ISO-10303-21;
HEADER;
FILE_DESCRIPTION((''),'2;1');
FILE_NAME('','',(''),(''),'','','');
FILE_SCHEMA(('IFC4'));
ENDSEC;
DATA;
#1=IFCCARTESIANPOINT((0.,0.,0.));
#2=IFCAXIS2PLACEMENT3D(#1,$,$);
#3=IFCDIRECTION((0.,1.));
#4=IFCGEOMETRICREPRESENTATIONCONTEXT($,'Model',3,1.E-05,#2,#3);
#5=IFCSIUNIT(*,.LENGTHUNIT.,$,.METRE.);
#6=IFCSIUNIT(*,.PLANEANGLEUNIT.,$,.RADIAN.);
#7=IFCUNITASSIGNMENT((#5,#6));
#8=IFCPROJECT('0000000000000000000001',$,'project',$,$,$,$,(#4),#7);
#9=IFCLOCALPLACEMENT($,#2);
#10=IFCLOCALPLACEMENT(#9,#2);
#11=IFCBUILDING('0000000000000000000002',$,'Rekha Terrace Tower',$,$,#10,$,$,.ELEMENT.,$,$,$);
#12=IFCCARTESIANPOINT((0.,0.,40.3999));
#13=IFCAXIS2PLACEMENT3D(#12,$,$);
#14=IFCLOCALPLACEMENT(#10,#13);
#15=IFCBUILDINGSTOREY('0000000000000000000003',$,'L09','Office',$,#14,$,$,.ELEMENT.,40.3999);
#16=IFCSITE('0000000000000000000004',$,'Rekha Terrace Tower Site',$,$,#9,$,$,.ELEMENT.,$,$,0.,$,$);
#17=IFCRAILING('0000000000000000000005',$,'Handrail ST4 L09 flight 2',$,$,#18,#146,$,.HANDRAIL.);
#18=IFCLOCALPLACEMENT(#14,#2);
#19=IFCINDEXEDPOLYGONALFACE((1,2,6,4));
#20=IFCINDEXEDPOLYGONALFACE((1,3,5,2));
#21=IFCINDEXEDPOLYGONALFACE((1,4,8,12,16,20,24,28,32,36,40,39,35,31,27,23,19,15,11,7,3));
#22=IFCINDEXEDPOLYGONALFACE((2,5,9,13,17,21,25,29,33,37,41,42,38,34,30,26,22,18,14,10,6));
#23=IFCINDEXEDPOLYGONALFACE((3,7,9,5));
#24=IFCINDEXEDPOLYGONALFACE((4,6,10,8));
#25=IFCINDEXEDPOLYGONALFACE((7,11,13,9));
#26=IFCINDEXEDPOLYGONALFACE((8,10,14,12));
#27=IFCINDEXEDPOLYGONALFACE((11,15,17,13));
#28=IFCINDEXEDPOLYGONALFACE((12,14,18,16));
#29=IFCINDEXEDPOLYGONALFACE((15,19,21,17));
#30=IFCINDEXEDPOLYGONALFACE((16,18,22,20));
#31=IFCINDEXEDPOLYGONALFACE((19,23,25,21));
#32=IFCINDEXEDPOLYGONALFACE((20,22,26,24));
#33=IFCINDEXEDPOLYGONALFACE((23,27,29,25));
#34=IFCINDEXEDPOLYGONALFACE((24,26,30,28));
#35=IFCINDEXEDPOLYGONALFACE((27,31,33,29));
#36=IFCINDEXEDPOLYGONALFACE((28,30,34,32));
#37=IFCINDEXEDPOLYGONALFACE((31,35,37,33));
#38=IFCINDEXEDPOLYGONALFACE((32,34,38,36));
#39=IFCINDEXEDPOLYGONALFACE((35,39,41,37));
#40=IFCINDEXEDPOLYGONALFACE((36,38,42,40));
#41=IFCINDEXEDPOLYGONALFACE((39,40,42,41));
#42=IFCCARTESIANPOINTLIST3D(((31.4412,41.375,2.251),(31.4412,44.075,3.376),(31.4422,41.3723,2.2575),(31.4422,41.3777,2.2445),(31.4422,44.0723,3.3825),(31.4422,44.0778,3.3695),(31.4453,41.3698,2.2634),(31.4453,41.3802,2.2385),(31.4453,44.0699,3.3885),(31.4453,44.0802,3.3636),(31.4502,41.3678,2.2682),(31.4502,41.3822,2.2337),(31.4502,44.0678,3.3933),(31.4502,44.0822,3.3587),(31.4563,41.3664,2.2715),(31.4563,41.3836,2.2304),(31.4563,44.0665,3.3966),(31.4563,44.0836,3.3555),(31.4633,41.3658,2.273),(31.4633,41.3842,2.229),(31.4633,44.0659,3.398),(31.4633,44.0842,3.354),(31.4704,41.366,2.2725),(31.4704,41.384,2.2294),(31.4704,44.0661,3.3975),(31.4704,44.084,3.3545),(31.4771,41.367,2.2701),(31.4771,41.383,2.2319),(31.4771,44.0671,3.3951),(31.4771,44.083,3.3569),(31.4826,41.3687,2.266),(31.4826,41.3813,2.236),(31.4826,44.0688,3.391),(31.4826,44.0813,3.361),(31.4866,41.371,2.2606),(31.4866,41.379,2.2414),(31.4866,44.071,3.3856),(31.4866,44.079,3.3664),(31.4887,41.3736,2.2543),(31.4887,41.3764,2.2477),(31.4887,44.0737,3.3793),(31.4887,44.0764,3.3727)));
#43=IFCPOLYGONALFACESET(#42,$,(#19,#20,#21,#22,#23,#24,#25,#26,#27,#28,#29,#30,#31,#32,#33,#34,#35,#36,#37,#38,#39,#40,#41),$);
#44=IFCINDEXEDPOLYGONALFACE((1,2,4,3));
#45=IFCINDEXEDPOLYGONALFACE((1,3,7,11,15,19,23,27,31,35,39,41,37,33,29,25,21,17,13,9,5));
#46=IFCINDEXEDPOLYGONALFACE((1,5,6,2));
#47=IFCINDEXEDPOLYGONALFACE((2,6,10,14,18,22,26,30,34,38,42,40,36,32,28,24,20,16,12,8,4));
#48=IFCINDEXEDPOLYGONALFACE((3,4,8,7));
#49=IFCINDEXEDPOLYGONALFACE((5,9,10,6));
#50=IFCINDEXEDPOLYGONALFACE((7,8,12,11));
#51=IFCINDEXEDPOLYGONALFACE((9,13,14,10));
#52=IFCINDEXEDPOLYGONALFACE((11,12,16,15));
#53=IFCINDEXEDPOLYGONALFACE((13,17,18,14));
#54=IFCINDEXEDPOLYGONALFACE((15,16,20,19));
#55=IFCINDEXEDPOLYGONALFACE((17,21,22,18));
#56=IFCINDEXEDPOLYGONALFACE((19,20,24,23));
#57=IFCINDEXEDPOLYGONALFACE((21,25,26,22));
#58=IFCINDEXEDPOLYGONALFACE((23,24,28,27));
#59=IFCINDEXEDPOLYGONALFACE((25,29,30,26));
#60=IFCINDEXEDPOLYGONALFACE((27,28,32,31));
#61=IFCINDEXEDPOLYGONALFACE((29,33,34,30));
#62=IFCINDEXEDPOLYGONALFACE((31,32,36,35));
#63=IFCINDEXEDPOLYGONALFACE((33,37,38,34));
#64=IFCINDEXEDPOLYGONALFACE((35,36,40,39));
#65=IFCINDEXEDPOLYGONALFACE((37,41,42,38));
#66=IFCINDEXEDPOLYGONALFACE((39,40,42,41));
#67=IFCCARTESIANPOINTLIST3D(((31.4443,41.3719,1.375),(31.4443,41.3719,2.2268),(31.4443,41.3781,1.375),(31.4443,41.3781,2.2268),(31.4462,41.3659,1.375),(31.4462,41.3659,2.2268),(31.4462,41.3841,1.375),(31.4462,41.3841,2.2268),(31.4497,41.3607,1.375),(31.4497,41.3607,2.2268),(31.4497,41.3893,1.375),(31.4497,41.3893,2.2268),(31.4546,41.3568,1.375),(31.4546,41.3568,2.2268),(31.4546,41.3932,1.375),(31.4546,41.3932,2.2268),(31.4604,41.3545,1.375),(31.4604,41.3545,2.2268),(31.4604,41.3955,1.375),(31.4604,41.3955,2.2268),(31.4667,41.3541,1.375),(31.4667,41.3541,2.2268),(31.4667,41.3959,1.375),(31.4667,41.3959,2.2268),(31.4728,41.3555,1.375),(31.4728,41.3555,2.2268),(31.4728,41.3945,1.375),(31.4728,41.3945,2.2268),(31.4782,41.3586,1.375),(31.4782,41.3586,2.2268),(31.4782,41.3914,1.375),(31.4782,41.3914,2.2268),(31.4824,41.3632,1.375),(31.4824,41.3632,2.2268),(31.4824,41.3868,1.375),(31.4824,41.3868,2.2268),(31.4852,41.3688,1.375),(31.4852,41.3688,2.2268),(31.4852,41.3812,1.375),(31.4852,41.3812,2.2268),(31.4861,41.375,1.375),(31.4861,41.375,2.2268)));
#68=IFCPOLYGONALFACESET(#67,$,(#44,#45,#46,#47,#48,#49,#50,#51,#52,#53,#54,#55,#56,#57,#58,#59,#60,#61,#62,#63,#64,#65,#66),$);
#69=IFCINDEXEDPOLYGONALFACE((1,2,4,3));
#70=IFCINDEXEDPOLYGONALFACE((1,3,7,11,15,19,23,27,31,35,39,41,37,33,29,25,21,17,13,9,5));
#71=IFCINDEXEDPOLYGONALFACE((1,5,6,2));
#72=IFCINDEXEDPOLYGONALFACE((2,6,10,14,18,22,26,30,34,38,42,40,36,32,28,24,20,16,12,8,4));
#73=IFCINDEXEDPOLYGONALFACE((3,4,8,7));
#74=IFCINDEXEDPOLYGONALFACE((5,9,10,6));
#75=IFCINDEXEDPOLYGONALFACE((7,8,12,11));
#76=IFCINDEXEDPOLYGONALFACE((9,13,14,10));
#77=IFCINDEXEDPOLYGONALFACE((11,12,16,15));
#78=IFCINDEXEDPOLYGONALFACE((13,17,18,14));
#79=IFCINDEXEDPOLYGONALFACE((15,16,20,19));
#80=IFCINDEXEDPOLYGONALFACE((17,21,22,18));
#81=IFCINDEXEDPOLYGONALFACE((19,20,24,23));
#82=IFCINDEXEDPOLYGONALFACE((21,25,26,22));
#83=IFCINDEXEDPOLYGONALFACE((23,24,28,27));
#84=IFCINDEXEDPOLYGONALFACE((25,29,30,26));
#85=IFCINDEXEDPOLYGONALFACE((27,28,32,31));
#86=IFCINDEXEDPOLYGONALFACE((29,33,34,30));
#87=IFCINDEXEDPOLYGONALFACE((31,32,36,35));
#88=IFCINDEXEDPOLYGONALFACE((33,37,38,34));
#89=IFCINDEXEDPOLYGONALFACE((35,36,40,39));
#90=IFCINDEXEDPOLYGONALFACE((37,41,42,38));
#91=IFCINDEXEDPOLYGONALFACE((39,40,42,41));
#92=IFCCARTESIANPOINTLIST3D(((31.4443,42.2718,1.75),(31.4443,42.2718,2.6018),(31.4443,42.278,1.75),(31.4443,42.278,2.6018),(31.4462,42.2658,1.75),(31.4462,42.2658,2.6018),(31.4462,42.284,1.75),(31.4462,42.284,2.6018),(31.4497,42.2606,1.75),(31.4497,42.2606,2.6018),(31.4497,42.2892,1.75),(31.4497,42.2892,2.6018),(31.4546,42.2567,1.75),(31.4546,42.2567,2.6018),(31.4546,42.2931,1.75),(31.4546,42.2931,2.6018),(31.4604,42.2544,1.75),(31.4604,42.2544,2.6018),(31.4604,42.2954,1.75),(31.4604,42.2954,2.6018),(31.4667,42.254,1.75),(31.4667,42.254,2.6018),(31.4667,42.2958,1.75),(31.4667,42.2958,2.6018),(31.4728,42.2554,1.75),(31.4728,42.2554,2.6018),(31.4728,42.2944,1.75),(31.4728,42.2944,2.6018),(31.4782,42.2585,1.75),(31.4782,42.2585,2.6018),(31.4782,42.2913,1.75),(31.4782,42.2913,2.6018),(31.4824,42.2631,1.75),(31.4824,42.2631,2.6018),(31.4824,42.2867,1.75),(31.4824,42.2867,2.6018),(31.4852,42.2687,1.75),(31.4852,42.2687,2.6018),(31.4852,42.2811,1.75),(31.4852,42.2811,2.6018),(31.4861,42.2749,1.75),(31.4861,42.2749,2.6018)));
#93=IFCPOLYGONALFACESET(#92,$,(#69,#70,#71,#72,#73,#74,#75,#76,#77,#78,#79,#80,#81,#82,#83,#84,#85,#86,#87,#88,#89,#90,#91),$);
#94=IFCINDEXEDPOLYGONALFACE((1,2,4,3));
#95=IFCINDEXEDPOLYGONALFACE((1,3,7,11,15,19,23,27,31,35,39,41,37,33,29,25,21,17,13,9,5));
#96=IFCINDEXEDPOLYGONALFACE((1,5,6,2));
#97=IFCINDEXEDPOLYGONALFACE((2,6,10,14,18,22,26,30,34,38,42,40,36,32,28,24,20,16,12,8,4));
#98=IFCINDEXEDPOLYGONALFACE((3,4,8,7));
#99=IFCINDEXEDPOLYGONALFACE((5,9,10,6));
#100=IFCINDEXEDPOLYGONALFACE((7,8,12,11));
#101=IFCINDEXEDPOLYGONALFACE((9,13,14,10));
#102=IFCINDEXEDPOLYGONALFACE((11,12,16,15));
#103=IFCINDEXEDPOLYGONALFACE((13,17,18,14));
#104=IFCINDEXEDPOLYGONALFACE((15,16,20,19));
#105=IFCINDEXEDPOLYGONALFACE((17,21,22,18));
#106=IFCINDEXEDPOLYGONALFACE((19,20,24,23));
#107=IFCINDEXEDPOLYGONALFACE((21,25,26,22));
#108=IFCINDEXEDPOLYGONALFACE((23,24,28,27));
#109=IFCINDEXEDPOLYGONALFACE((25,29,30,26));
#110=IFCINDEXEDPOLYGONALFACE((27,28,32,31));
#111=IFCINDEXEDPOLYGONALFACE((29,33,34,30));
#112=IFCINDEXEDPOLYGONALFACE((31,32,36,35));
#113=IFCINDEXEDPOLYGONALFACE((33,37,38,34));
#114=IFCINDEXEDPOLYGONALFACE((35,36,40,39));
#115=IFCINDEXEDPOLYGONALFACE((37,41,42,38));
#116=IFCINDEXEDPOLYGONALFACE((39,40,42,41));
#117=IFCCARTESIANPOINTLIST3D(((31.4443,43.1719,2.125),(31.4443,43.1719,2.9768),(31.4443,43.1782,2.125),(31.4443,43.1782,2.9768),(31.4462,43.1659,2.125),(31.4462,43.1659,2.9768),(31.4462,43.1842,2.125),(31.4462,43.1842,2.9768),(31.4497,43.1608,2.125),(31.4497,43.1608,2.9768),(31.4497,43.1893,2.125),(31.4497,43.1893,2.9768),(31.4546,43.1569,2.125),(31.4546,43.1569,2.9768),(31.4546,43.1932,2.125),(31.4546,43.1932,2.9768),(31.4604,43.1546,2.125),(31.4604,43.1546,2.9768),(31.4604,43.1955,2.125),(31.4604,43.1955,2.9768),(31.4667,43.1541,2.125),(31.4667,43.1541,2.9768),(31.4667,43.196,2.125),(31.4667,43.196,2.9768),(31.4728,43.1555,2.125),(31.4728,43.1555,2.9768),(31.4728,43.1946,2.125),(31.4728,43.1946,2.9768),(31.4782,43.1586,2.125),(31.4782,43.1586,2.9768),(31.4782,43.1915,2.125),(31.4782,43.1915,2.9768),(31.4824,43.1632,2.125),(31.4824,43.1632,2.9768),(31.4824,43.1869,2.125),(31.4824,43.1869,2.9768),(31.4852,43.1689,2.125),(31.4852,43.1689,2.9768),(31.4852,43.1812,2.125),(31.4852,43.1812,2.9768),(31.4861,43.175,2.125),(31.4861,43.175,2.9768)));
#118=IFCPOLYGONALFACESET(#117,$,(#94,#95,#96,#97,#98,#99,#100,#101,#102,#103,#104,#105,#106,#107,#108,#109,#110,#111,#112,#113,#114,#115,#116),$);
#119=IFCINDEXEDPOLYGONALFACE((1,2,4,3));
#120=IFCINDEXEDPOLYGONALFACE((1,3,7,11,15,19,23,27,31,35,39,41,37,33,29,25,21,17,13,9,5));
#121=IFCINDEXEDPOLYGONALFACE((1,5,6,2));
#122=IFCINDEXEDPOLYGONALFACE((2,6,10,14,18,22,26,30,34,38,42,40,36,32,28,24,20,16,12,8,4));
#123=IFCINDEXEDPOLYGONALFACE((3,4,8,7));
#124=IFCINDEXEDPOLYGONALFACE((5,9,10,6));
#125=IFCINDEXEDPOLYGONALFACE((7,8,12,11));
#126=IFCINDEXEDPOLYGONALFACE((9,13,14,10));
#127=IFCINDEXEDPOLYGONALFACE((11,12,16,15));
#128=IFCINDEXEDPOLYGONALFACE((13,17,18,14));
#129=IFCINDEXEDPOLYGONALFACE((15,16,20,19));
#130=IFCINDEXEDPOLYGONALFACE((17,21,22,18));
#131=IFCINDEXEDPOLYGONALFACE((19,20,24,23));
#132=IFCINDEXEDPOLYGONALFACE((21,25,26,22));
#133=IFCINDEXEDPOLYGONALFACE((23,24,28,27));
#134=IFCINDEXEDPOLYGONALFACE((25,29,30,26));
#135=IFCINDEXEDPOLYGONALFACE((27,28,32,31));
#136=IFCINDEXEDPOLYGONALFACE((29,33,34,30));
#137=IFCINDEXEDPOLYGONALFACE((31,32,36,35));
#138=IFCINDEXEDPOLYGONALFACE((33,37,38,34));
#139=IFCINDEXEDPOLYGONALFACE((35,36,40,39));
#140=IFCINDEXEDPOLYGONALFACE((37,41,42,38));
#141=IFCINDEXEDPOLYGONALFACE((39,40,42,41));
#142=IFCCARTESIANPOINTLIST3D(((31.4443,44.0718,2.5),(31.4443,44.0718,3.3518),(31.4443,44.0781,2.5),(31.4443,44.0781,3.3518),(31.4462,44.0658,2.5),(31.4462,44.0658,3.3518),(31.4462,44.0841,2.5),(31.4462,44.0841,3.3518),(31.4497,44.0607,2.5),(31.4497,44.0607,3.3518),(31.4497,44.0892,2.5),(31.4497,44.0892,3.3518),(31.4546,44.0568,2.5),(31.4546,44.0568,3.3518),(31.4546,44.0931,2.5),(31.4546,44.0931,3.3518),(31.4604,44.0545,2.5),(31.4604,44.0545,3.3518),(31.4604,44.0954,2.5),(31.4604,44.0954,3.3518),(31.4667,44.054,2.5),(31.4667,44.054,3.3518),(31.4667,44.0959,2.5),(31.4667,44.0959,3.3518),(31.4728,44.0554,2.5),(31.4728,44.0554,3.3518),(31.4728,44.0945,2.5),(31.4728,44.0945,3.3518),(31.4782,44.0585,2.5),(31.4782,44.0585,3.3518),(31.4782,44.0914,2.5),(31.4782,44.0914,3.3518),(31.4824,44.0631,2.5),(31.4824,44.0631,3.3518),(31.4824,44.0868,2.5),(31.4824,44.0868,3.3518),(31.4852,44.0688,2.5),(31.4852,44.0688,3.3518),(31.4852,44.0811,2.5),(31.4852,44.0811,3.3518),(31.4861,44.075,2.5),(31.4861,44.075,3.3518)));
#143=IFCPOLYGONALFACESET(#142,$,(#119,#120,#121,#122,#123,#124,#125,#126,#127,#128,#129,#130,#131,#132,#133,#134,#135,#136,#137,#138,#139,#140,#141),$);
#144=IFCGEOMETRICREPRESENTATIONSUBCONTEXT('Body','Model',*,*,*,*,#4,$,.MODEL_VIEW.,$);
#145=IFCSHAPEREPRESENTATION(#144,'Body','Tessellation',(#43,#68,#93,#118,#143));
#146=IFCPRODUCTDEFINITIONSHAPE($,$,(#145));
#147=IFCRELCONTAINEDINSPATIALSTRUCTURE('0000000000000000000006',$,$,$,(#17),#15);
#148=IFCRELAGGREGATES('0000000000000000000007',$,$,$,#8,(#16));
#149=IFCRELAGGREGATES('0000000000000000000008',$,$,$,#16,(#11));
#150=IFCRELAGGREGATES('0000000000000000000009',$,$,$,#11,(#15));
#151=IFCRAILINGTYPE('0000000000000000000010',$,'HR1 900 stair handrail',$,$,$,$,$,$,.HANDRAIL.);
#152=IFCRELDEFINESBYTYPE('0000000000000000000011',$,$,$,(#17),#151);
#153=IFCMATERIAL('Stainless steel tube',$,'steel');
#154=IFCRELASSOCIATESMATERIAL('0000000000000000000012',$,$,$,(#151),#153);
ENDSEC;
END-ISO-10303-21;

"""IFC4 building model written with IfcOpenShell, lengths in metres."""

from ifc_helpers import new_model, si_unit, direction, frame, origin, origin_2d, place, context, subcontext, project, spatial, circle, extrude, material, type_object, element, save


model = new_model("IFC4")

# Units and contexts
model_context = context("Model", 3, precision=1e-05, world=origin(), true_north=direction((0.0, 1.0)))
body_context = subcontext(model_context, "Body", "Model", "MODEL_VIEW")
ifc_project = project(units=[si_unit("LENGTHUNIT", "METRE"), si_unit("PLANEANGLEUNIT", "RADIAN")], contexts=[model_context])

# Site, building, storey
site_placement = place(None, origin())
site = spatial("IfcSite", under=ifc_project, at=site_placement, Name="Rekha Terrace Tower Site", CompositionType="ELEMENT", RefElevation=0.0)
building_placement = place(site_placement, origin())
building = spatial("IfcBuilding", under=site, at=building_placement, Name="Rekha Terrace Tower", CompositionType="ELEMENT")
storey_placement = place(building_placement, frame((0.0, 0.0, 40.3999)))
storey = spatial("IfcBuildingStorey", under=building, at=storey_placement, Name="L09", Description="Office", CompositionType="ELEMENT", Elevation=40.3999)

# Railing
ifc_material_1 = material(Name="Stainless steel tube", Category="steel")
railing_type_1 = type_object("IfcRailingType", Name="HR1 900 stair handrail", PredefinedType="HANDRAIL", material=ifc_material_1)
for number, where, name in (
    (1, (31.4651, 41.375, 1.375), "Handrail ST4 L09 flight 2"),
):
    element("IfcRailing", number, at=place(storey_placement, frame(where)), inside=storey, type_object=railing_type_1, Name=name, PredefinedType="HANDRAIL", context=body_context, shape_type="SweptSolid", body=[
        extrude(circle(Radius=0.0239, at=origin_2d()), frame((0.0, 0.0, 0.876), z_axis=(0.0, 0.923074, 0.384621), x_axis=(-1.0, 0.0, 0.0)), (0.0, 0.0, 1.0), 2.925),
        extrude(circle(Radius=0.021, at=origin_2d()), origin(), (0.0, 0.0, 1.0), 0.8518),
        extrude(circle(Radius=0.021, at=origin_2d()), frame((0.0, 0.8999, 0.375)), (0.0, 0.0, 1.0), 0.8518),
        extrude(circle(Radius=0.021, at=origin_2d()), frame((0.0, 1.8, 0.75)), (0.0, 0.0, 1.0), 0.8518),
        extrude(circle(Radius=0.021, at=origin_2d()), frame((0.0, 2.7, 1.125)), (0.0, 0.0, 1.0), 0.8518),
    ])

save(model, "model.ifc")
